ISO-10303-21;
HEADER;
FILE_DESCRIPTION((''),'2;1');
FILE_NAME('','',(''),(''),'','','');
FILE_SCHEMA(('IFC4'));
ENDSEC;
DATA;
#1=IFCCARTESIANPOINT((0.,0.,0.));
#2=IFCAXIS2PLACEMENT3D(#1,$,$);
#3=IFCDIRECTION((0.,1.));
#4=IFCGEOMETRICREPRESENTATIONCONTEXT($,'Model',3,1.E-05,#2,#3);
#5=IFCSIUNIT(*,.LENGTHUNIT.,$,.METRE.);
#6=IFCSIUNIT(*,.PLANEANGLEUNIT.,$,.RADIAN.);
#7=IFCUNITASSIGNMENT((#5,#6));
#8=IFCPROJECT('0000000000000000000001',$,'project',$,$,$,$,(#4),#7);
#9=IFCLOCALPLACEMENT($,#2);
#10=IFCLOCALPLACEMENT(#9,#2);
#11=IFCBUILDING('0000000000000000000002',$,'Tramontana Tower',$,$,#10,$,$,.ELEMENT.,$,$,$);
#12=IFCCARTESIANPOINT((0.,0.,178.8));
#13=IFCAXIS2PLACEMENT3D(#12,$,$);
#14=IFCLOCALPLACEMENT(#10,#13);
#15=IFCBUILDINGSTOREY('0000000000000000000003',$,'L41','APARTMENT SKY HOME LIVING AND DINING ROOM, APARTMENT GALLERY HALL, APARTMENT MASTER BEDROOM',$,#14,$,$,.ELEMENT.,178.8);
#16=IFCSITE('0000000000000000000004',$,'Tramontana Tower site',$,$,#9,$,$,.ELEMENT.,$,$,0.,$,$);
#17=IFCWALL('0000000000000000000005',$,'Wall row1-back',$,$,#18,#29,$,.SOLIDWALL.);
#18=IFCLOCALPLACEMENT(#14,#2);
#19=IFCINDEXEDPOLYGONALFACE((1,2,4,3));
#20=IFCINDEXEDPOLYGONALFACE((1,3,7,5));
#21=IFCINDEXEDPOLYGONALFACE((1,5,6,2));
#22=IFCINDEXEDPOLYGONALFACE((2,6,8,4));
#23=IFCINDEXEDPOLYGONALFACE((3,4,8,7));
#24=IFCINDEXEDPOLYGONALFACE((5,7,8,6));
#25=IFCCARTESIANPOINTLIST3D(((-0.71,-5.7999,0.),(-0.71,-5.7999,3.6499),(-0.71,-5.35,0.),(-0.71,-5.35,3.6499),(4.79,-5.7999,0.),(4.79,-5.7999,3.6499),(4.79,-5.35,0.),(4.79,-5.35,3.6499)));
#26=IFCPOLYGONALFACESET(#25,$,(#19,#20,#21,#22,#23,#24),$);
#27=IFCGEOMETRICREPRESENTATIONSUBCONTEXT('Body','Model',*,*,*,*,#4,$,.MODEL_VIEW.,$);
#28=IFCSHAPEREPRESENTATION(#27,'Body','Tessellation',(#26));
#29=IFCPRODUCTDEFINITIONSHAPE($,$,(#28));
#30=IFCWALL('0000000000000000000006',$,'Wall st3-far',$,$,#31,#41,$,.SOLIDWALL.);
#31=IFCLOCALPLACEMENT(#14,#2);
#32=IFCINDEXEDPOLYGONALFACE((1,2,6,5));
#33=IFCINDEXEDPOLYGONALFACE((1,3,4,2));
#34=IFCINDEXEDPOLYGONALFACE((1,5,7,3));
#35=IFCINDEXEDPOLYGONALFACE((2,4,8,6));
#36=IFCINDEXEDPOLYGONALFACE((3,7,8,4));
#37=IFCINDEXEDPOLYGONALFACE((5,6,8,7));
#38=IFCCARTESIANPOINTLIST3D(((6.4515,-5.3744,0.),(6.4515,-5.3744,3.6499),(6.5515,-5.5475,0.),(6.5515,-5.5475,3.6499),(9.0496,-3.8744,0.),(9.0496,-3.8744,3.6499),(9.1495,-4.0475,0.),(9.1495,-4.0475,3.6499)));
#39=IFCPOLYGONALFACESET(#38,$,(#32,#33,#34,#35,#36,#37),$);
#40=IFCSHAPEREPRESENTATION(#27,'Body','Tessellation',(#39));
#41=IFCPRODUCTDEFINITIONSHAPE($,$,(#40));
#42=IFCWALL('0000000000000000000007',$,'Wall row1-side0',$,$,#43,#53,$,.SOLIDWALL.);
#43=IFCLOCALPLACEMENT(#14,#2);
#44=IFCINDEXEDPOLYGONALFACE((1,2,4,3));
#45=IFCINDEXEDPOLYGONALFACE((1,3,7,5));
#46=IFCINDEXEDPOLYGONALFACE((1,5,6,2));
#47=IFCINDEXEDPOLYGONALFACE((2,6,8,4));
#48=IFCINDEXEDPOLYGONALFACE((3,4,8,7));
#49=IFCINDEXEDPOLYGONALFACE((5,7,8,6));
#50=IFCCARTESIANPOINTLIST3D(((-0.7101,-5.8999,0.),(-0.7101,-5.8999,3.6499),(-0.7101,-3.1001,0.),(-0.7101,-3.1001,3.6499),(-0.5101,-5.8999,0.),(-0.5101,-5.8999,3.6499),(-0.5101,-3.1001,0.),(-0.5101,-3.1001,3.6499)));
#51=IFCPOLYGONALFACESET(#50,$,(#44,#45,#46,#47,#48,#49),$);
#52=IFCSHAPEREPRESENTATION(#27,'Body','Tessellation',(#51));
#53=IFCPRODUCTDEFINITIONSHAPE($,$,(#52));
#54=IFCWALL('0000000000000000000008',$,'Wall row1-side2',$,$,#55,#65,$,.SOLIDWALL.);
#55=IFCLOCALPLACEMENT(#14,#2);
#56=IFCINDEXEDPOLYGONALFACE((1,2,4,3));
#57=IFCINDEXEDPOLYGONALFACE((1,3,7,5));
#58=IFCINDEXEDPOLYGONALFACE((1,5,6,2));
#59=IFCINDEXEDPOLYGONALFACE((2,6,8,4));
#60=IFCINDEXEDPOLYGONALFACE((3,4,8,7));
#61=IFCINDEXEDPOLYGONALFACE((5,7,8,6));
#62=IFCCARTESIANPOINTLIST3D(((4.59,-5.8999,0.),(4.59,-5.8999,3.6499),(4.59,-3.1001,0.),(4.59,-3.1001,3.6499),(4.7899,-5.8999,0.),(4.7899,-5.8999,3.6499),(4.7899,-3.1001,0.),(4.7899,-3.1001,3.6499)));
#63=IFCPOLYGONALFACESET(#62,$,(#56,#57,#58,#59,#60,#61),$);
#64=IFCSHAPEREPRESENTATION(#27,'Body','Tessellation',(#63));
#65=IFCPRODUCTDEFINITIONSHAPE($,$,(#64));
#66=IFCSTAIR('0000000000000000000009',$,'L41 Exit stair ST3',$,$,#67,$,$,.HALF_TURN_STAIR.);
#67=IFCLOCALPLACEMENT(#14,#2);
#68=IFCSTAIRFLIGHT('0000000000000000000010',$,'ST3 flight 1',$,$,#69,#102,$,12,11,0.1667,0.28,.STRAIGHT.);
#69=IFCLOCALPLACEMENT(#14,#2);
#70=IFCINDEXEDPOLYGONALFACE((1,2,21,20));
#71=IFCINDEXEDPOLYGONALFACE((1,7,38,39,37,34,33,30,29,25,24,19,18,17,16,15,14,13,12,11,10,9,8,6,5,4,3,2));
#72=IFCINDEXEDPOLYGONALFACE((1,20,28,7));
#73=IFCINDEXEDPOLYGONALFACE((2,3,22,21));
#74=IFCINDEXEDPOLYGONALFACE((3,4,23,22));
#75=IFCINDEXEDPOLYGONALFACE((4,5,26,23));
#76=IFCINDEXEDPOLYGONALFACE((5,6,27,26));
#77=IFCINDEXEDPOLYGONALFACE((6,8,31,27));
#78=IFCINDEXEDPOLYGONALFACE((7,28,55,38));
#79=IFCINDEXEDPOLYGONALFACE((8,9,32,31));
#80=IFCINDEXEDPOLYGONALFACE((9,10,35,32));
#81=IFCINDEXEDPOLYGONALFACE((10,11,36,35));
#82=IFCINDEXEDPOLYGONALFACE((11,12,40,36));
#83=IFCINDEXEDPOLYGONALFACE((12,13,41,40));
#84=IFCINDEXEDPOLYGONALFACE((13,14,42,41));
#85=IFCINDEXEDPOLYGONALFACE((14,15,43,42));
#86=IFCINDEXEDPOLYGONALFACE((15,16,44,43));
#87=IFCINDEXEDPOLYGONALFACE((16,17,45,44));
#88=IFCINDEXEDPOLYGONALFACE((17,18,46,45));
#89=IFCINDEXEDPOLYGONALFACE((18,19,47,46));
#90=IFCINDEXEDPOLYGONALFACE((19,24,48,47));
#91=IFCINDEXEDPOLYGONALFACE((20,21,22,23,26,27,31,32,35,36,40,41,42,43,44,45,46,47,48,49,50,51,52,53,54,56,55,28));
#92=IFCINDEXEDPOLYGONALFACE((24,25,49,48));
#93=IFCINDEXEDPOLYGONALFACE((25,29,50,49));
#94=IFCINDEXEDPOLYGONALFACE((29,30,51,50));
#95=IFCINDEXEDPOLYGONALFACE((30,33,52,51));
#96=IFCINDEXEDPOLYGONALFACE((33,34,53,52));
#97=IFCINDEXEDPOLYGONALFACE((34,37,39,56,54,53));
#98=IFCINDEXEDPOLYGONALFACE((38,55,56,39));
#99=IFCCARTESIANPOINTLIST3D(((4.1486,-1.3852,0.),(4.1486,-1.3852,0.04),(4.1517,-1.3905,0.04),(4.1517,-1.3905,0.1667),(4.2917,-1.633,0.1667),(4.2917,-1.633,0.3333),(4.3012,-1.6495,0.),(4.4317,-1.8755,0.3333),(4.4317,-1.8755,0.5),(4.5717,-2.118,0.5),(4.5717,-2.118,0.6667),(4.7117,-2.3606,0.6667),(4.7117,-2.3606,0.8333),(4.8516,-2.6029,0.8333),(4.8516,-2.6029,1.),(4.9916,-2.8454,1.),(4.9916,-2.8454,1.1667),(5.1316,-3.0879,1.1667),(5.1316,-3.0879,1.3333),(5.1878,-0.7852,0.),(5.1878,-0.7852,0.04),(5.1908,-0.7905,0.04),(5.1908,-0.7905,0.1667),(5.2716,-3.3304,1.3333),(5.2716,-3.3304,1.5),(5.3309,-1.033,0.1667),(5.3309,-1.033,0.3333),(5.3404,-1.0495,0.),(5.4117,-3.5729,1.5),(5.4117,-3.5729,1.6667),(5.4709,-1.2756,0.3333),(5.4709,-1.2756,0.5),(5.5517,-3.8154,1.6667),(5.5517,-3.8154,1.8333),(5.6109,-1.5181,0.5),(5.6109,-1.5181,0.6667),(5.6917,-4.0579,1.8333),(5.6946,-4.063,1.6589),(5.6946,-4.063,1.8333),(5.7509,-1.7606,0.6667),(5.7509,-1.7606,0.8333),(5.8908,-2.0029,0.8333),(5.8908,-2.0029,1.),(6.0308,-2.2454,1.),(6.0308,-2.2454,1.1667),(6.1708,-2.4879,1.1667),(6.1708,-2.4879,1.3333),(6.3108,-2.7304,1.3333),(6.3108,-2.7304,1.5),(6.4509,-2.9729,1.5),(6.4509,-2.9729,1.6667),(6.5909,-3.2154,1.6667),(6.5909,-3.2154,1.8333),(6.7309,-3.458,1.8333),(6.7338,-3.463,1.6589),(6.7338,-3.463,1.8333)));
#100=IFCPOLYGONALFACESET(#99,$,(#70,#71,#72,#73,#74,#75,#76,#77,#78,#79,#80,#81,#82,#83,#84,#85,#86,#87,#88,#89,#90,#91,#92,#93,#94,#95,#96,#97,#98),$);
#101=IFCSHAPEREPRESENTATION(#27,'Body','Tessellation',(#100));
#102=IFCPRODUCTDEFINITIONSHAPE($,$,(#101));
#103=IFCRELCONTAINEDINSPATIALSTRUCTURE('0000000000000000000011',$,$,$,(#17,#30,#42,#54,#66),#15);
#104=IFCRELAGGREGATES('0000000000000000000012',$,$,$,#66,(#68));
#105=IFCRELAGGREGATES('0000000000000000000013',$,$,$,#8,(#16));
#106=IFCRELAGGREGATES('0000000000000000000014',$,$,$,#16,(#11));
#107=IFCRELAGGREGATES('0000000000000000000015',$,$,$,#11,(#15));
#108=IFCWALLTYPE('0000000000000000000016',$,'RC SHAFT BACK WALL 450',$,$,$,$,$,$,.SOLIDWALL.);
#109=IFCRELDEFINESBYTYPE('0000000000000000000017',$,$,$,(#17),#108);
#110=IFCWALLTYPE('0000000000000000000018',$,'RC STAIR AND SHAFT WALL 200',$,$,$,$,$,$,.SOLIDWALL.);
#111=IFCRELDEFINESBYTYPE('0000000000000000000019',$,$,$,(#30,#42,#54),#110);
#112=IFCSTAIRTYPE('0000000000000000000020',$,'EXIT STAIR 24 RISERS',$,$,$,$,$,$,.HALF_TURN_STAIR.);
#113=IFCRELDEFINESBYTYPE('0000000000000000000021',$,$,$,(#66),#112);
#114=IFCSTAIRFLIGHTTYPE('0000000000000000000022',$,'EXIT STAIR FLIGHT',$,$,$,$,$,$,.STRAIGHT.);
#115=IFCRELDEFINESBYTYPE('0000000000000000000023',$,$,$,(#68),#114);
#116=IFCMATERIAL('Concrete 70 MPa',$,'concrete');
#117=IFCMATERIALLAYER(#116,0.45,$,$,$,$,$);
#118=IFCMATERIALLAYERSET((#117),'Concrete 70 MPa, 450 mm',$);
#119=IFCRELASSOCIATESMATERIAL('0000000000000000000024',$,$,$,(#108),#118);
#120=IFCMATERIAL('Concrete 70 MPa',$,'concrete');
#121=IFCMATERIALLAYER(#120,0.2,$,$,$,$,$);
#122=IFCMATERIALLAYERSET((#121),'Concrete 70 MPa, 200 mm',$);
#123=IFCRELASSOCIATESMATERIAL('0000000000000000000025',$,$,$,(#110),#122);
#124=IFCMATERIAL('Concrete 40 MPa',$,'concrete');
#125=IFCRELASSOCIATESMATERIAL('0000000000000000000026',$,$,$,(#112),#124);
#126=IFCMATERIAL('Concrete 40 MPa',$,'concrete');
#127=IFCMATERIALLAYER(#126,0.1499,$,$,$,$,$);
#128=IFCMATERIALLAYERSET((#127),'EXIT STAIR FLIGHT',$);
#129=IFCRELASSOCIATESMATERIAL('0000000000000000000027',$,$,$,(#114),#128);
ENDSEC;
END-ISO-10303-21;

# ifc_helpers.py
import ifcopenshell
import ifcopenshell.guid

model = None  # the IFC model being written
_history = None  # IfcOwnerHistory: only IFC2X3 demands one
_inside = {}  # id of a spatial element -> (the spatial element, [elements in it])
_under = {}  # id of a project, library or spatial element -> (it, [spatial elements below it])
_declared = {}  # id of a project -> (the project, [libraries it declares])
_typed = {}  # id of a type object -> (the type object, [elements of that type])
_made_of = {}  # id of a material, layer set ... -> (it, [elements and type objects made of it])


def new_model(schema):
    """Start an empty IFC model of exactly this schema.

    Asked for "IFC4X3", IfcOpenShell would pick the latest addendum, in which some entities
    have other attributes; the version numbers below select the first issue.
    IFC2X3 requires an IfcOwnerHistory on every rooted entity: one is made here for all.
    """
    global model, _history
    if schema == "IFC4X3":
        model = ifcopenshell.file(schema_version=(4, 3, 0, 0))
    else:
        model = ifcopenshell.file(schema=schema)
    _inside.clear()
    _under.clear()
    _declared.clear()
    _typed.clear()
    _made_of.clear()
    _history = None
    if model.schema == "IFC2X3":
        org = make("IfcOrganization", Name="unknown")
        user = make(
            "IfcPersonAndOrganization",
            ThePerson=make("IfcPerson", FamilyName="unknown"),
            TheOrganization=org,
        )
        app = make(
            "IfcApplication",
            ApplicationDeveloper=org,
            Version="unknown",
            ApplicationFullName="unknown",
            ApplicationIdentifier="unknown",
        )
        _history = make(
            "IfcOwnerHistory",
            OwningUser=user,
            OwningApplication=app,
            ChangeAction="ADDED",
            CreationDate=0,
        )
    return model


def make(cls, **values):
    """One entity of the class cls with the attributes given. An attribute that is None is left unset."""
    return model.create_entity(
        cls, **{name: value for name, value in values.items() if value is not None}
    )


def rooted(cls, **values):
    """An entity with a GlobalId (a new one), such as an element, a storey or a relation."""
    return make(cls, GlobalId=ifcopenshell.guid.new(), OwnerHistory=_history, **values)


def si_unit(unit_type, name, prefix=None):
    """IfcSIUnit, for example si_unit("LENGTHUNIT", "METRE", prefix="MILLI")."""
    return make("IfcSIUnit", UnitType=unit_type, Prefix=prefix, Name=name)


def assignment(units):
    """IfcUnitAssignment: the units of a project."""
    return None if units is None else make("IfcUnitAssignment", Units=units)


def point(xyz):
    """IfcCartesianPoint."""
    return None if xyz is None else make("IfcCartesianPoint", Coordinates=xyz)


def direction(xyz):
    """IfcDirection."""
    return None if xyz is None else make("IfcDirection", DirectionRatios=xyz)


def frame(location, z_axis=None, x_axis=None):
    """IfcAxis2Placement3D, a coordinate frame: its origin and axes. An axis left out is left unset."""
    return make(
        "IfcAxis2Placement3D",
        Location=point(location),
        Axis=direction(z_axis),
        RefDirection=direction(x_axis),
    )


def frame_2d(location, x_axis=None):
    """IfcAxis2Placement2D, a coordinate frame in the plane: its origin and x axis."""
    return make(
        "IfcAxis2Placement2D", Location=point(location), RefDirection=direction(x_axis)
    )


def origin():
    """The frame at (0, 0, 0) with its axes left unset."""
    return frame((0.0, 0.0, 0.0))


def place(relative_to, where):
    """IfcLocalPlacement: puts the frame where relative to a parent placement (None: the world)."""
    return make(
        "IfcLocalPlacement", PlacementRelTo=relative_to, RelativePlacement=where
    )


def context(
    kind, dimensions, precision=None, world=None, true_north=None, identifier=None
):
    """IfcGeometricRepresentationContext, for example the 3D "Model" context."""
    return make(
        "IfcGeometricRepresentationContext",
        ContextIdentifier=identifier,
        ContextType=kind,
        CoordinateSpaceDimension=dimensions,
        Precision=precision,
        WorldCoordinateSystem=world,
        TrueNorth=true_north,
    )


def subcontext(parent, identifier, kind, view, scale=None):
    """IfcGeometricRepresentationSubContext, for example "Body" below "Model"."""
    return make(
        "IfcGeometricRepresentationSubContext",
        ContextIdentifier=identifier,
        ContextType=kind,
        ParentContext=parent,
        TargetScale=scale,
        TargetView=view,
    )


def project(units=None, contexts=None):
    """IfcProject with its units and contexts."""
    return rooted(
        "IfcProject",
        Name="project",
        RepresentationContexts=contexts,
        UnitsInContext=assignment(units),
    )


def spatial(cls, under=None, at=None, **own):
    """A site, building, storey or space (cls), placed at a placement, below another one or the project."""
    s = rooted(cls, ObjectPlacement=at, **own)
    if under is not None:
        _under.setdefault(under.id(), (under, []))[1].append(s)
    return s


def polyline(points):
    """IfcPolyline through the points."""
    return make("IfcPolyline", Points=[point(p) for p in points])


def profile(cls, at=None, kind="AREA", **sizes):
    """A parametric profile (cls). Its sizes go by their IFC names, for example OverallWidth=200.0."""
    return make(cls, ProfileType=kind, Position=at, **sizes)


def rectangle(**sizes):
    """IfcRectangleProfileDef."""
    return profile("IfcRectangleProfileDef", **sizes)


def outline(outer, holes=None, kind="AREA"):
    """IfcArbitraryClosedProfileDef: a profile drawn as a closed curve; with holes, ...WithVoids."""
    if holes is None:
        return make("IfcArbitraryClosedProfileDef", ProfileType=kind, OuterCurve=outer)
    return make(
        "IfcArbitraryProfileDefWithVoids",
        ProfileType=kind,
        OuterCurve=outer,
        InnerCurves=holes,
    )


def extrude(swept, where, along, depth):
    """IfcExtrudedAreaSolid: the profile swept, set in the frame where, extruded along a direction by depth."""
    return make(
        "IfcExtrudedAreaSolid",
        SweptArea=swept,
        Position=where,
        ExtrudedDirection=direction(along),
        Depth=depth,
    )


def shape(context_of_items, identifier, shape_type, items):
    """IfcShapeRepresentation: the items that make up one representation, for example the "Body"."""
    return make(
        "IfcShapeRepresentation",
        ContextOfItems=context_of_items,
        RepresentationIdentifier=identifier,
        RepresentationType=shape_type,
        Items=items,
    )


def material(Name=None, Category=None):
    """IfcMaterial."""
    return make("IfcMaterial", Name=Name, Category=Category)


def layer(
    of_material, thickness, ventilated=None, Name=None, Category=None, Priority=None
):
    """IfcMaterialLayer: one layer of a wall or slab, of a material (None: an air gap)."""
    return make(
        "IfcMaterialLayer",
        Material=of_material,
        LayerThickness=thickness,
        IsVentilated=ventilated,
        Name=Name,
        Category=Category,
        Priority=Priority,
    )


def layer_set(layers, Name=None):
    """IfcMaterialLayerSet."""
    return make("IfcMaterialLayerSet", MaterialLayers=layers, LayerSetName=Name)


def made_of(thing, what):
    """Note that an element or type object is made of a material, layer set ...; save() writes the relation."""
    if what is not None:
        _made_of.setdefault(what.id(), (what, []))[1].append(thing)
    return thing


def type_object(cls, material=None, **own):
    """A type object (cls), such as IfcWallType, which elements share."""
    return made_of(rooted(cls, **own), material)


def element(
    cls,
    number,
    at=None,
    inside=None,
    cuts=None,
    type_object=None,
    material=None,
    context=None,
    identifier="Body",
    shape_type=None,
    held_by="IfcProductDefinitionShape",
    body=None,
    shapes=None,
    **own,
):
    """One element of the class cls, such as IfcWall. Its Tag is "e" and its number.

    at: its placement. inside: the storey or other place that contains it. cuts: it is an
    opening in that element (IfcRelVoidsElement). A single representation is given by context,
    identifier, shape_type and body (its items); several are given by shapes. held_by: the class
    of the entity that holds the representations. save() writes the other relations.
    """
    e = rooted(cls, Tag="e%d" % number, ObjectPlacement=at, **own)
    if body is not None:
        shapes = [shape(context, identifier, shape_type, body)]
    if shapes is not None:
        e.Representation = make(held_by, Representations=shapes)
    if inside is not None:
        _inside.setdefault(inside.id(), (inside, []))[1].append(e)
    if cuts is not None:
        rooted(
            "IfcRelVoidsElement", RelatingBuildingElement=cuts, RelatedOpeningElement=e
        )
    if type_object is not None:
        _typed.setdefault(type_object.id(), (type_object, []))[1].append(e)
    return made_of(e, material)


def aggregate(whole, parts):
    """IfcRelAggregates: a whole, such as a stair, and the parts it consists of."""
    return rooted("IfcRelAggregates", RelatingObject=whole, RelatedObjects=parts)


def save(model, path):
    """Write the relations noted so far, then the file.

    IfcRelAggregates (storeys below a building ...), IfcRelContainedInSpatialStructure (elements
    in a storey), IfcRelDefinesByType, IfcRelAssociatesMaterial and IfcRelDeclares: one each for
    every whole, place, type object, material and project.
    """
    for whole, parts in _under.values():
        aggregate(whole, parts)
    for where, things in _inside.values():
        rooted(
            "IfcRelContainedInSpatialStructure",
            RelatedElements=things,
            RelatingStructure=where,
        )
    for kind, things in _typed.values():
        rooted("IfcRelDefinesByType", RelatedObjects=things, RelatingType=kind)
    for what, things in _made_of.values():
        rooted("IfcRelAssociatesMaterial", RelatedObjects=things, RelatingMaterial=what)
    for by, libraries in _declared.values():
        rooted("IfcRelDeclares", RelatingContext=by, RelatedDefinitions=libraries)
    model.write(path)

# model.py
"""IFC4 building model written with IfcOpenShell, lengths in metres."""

from ifc_helpers import new_model, si_unit, direction, frame, frame_2d, origin, place, context, subcontext, project, spatial, polyline, rectangle, outline, extrude, material, layer, layer_set, type_object, element, aggregate, save


model = new_model("IFC4")

# Units and contexts
model_context = context("Model", 3, precision=1e-05, world=origin(), true_north=direction((0.0, 1.0)))
body_context = subcontext(model_context, "Body", "Model", "MODEL_VIEW")
ifc_project = project(units=[si_unit("LENGTHUNIT", "METRE"), si_unit("PLANEANGLEUNIT", "RADIAN")], contexts=[model_context])

# Site, building, storey
site_placement = place(None, origin())
site = spatial("IfcSite", under=ifc_project, at=site_placement, Name="Tramontana Tower site", CompositionType="ELEMENT", RefElevation=0.0)
building_placement = place(site_placement, origin())
building = spatial("IfcBuilding", under=site, at=building_placement, Name="Tramontana Tower", CompositionType="ELEMENT")
storey_placement = place(building_placement, frame((0.0, 0.0, 178.8)))
storey = spatial("IfcBuildingStorey", under=building, at=storey_placement, Name="L41", Description="APARTMENT SKY HOME LIVING AND DINING ROOM, APARTMENT GALLERY HALL, APARTMENT MASTER BEDROOM", CompositionType="ELEMENT", Elevation=178.8)

# Wall
ifc_material_1 = material(Name="Concrete 70 MPa", Category="concrete")
ifc_layer_1 = layer(ifc_material_1, 0.45)
ifc_layer_set_1 = layer_set([ifc_layer_1], Name="Concrete 70 MPa, 450 mm")
wall_type_1 = type_object("IfcWallType", Name="RC SHAFT BACK WALL 450", PredefinedType="SOLIDWALL", material=ifc_layer_set_1)
wall_1_placement = place(storey_placement, frame((-0.71, -5.575, 0.0), z_axis=(0.0, 0.0, 1.0), x_axis=(1.0, 0.0, 0.0)))
element("IfcWall", 1, at=wall_1_placement, inside=storey, type_object=wall_type_1, Name="Wall row1-back", PredefinedType="SOLIDWALL", context=body_context, shape_type="SweptSolid", body=[
    extrude(rectangle(XDim=5.5, YDim=0.45, at=frame_2d((2.75, 0.0))), origin(), (0.0, 0.0, 1.0), 3.6499),
])

# Shared definitions
ifc_material_2 = material(Name="Concrete 70 MPa", Category="concrete")
ifc_layer_2 = layer(ifc_material_2, 0.2)
ifc_layer_set_2 = layer_set([ifc_layer_2], Name="Concrete 70 MPa, 200 mm")
wall_type_2 = type_object("IfcWallType", Name="RC STAIR AND SHAFT WALL 200", PredefinedType="SOLIDWALL", material=ifc_layer_set_2)

# Wall
wall_2_placement = place(storey_placement, frame((6.5015, -5.4609, 0.0), z_axis=(0.0, 0.0, 1.0), x_axis=(0.866031, 0.49999, 0.0)))
element("IfcWall", 2, at=wall_2_placement, inside=storey, type_object=wall_type_2, Name="Wall st3-far", PredefinedType="SOLIDWALL", context=body_context, shape_type="SweptSolid", body=[
    extrude(rectangle(XDim=3.0, YDim=0.2, at=frame_2d((1.5, 0.0))), origin(), (0.0, 0.0, 1.0), 3.6499),
])

# Walls
for number, where, z_axis, x_axis, name in (
    (3, (-0.6101, -3.1001, 0.0), (0.0, 0.0, 1.0), (0.0, -1.0, 0.0), "Wall row1-side0"),
    (4, (4.6899, -3.1001, 0.0), (0.0, 0.0, 1.0), (0.0, -1.0, 0.0), "Wall row1-side2"),
):
    element("IfcWall", number, at=place(storey_placement, frame(where, z_axis=z_axis, x_axis=x_axis)), inside=storey, type_object=wall_type_2, Name=name, PredefinedType="SOLIDWALL", context=body_context, shape_type="SweptSolid", body=[
        extrude(rectangle(XDim=2.7998, YDim=0.2, at=frame_2d((1.3999, 0.0))), origin(), (0.0, 0.0, 1.0), 3.6499),
    ])

# Stair, stair flight
ifc_material_3 = material(Name="Concrete 40 MPa", Category="concrete")
stair_type = type_object("IfcStairType", Name="EXIT STAIR 24 RISERS", PredefinedType="HALF_TURN_STAIR", material=ifc_material_3)
stair_placement = place(storey_placement, origin())
stair = element("IfcStair", 5, at=stair_placement, inside=storey, type_object=stair_type, Name="L41 Exit stair ST3", PredefinedType="HALF_TURN_STAIR")
ifc_material_4 = material(Name="Concrete 40 MPa", Category="concrete")
ifc_layer_3 = layer(ifc_material_4, 0.1499)
ifc_layer_set_3 = layer_set([ifc_layer_3], Name="EXIT STAIR FLIGHT")
stair_flight_type = type_object("IfcStairFlightType", Name="EXIT STAIR FLIGHT", PredefinedType="STRAIGHT", material=ifc_layer_set_3)
stair_flight_placement = place(storey_placement, frame((4.6711, -1.0906, 0.0), z_axis=(0.0, 0.0, 1.0), x_axis=(0.5, -0.866025, 0.0)))
stair_flight = element("IfcStairFlight", 6, at=stair_flight_placement, type_object=stair_flight_type, Name="ST3 flight 1", NumberOfRisers=12, NumberOfTreads=11, PredefinedType="STRAIGHT", RiserHeight=0.1667, TreadLength=0.28, context=body_context, shape_type="SweptSolid", body=[
    extrude(outline(polyline([(-0.0061, 0.0), (-0.0061, 0.04), (0.0, 0.04), (0.0, 0.1667), (0.28, 0.1667), (0.28, 0.3333), (0.5601, 0.3333), (0.5601, 0.5), (0.8401, 0.5), (0.8401, 0.6667), (1.1201, 0.6667), (1.1201, 0.8333), (1.3999, 0.8333), (1.3999, 1.0), (1.6799, 1.0), (1.6799, 1.1667), (1.96, 1.1667), (1.96, 1.3333), (2.24, 1.3333), (2.24, 1.5), (2.52, 1.5), (2.52, 1.6667), (2.8, 1.6667), (2.8, 1.8333), (3.0801, 1.8333), (3.0859, 1.8333), (3.0859, 1.6589), (0.2991, 0.0), (-0.0061, 0.0)])), frame((0.0, 0.6001, 0.0), z_axis=(0.0, -1.0, 0.0), x_axis=(1.0, 0.0, 0.0)), (0.0, 0.0, 1.0), 1.2),
])
aggregate(stair, [stair_flight])

save(model, "model.ifc")
